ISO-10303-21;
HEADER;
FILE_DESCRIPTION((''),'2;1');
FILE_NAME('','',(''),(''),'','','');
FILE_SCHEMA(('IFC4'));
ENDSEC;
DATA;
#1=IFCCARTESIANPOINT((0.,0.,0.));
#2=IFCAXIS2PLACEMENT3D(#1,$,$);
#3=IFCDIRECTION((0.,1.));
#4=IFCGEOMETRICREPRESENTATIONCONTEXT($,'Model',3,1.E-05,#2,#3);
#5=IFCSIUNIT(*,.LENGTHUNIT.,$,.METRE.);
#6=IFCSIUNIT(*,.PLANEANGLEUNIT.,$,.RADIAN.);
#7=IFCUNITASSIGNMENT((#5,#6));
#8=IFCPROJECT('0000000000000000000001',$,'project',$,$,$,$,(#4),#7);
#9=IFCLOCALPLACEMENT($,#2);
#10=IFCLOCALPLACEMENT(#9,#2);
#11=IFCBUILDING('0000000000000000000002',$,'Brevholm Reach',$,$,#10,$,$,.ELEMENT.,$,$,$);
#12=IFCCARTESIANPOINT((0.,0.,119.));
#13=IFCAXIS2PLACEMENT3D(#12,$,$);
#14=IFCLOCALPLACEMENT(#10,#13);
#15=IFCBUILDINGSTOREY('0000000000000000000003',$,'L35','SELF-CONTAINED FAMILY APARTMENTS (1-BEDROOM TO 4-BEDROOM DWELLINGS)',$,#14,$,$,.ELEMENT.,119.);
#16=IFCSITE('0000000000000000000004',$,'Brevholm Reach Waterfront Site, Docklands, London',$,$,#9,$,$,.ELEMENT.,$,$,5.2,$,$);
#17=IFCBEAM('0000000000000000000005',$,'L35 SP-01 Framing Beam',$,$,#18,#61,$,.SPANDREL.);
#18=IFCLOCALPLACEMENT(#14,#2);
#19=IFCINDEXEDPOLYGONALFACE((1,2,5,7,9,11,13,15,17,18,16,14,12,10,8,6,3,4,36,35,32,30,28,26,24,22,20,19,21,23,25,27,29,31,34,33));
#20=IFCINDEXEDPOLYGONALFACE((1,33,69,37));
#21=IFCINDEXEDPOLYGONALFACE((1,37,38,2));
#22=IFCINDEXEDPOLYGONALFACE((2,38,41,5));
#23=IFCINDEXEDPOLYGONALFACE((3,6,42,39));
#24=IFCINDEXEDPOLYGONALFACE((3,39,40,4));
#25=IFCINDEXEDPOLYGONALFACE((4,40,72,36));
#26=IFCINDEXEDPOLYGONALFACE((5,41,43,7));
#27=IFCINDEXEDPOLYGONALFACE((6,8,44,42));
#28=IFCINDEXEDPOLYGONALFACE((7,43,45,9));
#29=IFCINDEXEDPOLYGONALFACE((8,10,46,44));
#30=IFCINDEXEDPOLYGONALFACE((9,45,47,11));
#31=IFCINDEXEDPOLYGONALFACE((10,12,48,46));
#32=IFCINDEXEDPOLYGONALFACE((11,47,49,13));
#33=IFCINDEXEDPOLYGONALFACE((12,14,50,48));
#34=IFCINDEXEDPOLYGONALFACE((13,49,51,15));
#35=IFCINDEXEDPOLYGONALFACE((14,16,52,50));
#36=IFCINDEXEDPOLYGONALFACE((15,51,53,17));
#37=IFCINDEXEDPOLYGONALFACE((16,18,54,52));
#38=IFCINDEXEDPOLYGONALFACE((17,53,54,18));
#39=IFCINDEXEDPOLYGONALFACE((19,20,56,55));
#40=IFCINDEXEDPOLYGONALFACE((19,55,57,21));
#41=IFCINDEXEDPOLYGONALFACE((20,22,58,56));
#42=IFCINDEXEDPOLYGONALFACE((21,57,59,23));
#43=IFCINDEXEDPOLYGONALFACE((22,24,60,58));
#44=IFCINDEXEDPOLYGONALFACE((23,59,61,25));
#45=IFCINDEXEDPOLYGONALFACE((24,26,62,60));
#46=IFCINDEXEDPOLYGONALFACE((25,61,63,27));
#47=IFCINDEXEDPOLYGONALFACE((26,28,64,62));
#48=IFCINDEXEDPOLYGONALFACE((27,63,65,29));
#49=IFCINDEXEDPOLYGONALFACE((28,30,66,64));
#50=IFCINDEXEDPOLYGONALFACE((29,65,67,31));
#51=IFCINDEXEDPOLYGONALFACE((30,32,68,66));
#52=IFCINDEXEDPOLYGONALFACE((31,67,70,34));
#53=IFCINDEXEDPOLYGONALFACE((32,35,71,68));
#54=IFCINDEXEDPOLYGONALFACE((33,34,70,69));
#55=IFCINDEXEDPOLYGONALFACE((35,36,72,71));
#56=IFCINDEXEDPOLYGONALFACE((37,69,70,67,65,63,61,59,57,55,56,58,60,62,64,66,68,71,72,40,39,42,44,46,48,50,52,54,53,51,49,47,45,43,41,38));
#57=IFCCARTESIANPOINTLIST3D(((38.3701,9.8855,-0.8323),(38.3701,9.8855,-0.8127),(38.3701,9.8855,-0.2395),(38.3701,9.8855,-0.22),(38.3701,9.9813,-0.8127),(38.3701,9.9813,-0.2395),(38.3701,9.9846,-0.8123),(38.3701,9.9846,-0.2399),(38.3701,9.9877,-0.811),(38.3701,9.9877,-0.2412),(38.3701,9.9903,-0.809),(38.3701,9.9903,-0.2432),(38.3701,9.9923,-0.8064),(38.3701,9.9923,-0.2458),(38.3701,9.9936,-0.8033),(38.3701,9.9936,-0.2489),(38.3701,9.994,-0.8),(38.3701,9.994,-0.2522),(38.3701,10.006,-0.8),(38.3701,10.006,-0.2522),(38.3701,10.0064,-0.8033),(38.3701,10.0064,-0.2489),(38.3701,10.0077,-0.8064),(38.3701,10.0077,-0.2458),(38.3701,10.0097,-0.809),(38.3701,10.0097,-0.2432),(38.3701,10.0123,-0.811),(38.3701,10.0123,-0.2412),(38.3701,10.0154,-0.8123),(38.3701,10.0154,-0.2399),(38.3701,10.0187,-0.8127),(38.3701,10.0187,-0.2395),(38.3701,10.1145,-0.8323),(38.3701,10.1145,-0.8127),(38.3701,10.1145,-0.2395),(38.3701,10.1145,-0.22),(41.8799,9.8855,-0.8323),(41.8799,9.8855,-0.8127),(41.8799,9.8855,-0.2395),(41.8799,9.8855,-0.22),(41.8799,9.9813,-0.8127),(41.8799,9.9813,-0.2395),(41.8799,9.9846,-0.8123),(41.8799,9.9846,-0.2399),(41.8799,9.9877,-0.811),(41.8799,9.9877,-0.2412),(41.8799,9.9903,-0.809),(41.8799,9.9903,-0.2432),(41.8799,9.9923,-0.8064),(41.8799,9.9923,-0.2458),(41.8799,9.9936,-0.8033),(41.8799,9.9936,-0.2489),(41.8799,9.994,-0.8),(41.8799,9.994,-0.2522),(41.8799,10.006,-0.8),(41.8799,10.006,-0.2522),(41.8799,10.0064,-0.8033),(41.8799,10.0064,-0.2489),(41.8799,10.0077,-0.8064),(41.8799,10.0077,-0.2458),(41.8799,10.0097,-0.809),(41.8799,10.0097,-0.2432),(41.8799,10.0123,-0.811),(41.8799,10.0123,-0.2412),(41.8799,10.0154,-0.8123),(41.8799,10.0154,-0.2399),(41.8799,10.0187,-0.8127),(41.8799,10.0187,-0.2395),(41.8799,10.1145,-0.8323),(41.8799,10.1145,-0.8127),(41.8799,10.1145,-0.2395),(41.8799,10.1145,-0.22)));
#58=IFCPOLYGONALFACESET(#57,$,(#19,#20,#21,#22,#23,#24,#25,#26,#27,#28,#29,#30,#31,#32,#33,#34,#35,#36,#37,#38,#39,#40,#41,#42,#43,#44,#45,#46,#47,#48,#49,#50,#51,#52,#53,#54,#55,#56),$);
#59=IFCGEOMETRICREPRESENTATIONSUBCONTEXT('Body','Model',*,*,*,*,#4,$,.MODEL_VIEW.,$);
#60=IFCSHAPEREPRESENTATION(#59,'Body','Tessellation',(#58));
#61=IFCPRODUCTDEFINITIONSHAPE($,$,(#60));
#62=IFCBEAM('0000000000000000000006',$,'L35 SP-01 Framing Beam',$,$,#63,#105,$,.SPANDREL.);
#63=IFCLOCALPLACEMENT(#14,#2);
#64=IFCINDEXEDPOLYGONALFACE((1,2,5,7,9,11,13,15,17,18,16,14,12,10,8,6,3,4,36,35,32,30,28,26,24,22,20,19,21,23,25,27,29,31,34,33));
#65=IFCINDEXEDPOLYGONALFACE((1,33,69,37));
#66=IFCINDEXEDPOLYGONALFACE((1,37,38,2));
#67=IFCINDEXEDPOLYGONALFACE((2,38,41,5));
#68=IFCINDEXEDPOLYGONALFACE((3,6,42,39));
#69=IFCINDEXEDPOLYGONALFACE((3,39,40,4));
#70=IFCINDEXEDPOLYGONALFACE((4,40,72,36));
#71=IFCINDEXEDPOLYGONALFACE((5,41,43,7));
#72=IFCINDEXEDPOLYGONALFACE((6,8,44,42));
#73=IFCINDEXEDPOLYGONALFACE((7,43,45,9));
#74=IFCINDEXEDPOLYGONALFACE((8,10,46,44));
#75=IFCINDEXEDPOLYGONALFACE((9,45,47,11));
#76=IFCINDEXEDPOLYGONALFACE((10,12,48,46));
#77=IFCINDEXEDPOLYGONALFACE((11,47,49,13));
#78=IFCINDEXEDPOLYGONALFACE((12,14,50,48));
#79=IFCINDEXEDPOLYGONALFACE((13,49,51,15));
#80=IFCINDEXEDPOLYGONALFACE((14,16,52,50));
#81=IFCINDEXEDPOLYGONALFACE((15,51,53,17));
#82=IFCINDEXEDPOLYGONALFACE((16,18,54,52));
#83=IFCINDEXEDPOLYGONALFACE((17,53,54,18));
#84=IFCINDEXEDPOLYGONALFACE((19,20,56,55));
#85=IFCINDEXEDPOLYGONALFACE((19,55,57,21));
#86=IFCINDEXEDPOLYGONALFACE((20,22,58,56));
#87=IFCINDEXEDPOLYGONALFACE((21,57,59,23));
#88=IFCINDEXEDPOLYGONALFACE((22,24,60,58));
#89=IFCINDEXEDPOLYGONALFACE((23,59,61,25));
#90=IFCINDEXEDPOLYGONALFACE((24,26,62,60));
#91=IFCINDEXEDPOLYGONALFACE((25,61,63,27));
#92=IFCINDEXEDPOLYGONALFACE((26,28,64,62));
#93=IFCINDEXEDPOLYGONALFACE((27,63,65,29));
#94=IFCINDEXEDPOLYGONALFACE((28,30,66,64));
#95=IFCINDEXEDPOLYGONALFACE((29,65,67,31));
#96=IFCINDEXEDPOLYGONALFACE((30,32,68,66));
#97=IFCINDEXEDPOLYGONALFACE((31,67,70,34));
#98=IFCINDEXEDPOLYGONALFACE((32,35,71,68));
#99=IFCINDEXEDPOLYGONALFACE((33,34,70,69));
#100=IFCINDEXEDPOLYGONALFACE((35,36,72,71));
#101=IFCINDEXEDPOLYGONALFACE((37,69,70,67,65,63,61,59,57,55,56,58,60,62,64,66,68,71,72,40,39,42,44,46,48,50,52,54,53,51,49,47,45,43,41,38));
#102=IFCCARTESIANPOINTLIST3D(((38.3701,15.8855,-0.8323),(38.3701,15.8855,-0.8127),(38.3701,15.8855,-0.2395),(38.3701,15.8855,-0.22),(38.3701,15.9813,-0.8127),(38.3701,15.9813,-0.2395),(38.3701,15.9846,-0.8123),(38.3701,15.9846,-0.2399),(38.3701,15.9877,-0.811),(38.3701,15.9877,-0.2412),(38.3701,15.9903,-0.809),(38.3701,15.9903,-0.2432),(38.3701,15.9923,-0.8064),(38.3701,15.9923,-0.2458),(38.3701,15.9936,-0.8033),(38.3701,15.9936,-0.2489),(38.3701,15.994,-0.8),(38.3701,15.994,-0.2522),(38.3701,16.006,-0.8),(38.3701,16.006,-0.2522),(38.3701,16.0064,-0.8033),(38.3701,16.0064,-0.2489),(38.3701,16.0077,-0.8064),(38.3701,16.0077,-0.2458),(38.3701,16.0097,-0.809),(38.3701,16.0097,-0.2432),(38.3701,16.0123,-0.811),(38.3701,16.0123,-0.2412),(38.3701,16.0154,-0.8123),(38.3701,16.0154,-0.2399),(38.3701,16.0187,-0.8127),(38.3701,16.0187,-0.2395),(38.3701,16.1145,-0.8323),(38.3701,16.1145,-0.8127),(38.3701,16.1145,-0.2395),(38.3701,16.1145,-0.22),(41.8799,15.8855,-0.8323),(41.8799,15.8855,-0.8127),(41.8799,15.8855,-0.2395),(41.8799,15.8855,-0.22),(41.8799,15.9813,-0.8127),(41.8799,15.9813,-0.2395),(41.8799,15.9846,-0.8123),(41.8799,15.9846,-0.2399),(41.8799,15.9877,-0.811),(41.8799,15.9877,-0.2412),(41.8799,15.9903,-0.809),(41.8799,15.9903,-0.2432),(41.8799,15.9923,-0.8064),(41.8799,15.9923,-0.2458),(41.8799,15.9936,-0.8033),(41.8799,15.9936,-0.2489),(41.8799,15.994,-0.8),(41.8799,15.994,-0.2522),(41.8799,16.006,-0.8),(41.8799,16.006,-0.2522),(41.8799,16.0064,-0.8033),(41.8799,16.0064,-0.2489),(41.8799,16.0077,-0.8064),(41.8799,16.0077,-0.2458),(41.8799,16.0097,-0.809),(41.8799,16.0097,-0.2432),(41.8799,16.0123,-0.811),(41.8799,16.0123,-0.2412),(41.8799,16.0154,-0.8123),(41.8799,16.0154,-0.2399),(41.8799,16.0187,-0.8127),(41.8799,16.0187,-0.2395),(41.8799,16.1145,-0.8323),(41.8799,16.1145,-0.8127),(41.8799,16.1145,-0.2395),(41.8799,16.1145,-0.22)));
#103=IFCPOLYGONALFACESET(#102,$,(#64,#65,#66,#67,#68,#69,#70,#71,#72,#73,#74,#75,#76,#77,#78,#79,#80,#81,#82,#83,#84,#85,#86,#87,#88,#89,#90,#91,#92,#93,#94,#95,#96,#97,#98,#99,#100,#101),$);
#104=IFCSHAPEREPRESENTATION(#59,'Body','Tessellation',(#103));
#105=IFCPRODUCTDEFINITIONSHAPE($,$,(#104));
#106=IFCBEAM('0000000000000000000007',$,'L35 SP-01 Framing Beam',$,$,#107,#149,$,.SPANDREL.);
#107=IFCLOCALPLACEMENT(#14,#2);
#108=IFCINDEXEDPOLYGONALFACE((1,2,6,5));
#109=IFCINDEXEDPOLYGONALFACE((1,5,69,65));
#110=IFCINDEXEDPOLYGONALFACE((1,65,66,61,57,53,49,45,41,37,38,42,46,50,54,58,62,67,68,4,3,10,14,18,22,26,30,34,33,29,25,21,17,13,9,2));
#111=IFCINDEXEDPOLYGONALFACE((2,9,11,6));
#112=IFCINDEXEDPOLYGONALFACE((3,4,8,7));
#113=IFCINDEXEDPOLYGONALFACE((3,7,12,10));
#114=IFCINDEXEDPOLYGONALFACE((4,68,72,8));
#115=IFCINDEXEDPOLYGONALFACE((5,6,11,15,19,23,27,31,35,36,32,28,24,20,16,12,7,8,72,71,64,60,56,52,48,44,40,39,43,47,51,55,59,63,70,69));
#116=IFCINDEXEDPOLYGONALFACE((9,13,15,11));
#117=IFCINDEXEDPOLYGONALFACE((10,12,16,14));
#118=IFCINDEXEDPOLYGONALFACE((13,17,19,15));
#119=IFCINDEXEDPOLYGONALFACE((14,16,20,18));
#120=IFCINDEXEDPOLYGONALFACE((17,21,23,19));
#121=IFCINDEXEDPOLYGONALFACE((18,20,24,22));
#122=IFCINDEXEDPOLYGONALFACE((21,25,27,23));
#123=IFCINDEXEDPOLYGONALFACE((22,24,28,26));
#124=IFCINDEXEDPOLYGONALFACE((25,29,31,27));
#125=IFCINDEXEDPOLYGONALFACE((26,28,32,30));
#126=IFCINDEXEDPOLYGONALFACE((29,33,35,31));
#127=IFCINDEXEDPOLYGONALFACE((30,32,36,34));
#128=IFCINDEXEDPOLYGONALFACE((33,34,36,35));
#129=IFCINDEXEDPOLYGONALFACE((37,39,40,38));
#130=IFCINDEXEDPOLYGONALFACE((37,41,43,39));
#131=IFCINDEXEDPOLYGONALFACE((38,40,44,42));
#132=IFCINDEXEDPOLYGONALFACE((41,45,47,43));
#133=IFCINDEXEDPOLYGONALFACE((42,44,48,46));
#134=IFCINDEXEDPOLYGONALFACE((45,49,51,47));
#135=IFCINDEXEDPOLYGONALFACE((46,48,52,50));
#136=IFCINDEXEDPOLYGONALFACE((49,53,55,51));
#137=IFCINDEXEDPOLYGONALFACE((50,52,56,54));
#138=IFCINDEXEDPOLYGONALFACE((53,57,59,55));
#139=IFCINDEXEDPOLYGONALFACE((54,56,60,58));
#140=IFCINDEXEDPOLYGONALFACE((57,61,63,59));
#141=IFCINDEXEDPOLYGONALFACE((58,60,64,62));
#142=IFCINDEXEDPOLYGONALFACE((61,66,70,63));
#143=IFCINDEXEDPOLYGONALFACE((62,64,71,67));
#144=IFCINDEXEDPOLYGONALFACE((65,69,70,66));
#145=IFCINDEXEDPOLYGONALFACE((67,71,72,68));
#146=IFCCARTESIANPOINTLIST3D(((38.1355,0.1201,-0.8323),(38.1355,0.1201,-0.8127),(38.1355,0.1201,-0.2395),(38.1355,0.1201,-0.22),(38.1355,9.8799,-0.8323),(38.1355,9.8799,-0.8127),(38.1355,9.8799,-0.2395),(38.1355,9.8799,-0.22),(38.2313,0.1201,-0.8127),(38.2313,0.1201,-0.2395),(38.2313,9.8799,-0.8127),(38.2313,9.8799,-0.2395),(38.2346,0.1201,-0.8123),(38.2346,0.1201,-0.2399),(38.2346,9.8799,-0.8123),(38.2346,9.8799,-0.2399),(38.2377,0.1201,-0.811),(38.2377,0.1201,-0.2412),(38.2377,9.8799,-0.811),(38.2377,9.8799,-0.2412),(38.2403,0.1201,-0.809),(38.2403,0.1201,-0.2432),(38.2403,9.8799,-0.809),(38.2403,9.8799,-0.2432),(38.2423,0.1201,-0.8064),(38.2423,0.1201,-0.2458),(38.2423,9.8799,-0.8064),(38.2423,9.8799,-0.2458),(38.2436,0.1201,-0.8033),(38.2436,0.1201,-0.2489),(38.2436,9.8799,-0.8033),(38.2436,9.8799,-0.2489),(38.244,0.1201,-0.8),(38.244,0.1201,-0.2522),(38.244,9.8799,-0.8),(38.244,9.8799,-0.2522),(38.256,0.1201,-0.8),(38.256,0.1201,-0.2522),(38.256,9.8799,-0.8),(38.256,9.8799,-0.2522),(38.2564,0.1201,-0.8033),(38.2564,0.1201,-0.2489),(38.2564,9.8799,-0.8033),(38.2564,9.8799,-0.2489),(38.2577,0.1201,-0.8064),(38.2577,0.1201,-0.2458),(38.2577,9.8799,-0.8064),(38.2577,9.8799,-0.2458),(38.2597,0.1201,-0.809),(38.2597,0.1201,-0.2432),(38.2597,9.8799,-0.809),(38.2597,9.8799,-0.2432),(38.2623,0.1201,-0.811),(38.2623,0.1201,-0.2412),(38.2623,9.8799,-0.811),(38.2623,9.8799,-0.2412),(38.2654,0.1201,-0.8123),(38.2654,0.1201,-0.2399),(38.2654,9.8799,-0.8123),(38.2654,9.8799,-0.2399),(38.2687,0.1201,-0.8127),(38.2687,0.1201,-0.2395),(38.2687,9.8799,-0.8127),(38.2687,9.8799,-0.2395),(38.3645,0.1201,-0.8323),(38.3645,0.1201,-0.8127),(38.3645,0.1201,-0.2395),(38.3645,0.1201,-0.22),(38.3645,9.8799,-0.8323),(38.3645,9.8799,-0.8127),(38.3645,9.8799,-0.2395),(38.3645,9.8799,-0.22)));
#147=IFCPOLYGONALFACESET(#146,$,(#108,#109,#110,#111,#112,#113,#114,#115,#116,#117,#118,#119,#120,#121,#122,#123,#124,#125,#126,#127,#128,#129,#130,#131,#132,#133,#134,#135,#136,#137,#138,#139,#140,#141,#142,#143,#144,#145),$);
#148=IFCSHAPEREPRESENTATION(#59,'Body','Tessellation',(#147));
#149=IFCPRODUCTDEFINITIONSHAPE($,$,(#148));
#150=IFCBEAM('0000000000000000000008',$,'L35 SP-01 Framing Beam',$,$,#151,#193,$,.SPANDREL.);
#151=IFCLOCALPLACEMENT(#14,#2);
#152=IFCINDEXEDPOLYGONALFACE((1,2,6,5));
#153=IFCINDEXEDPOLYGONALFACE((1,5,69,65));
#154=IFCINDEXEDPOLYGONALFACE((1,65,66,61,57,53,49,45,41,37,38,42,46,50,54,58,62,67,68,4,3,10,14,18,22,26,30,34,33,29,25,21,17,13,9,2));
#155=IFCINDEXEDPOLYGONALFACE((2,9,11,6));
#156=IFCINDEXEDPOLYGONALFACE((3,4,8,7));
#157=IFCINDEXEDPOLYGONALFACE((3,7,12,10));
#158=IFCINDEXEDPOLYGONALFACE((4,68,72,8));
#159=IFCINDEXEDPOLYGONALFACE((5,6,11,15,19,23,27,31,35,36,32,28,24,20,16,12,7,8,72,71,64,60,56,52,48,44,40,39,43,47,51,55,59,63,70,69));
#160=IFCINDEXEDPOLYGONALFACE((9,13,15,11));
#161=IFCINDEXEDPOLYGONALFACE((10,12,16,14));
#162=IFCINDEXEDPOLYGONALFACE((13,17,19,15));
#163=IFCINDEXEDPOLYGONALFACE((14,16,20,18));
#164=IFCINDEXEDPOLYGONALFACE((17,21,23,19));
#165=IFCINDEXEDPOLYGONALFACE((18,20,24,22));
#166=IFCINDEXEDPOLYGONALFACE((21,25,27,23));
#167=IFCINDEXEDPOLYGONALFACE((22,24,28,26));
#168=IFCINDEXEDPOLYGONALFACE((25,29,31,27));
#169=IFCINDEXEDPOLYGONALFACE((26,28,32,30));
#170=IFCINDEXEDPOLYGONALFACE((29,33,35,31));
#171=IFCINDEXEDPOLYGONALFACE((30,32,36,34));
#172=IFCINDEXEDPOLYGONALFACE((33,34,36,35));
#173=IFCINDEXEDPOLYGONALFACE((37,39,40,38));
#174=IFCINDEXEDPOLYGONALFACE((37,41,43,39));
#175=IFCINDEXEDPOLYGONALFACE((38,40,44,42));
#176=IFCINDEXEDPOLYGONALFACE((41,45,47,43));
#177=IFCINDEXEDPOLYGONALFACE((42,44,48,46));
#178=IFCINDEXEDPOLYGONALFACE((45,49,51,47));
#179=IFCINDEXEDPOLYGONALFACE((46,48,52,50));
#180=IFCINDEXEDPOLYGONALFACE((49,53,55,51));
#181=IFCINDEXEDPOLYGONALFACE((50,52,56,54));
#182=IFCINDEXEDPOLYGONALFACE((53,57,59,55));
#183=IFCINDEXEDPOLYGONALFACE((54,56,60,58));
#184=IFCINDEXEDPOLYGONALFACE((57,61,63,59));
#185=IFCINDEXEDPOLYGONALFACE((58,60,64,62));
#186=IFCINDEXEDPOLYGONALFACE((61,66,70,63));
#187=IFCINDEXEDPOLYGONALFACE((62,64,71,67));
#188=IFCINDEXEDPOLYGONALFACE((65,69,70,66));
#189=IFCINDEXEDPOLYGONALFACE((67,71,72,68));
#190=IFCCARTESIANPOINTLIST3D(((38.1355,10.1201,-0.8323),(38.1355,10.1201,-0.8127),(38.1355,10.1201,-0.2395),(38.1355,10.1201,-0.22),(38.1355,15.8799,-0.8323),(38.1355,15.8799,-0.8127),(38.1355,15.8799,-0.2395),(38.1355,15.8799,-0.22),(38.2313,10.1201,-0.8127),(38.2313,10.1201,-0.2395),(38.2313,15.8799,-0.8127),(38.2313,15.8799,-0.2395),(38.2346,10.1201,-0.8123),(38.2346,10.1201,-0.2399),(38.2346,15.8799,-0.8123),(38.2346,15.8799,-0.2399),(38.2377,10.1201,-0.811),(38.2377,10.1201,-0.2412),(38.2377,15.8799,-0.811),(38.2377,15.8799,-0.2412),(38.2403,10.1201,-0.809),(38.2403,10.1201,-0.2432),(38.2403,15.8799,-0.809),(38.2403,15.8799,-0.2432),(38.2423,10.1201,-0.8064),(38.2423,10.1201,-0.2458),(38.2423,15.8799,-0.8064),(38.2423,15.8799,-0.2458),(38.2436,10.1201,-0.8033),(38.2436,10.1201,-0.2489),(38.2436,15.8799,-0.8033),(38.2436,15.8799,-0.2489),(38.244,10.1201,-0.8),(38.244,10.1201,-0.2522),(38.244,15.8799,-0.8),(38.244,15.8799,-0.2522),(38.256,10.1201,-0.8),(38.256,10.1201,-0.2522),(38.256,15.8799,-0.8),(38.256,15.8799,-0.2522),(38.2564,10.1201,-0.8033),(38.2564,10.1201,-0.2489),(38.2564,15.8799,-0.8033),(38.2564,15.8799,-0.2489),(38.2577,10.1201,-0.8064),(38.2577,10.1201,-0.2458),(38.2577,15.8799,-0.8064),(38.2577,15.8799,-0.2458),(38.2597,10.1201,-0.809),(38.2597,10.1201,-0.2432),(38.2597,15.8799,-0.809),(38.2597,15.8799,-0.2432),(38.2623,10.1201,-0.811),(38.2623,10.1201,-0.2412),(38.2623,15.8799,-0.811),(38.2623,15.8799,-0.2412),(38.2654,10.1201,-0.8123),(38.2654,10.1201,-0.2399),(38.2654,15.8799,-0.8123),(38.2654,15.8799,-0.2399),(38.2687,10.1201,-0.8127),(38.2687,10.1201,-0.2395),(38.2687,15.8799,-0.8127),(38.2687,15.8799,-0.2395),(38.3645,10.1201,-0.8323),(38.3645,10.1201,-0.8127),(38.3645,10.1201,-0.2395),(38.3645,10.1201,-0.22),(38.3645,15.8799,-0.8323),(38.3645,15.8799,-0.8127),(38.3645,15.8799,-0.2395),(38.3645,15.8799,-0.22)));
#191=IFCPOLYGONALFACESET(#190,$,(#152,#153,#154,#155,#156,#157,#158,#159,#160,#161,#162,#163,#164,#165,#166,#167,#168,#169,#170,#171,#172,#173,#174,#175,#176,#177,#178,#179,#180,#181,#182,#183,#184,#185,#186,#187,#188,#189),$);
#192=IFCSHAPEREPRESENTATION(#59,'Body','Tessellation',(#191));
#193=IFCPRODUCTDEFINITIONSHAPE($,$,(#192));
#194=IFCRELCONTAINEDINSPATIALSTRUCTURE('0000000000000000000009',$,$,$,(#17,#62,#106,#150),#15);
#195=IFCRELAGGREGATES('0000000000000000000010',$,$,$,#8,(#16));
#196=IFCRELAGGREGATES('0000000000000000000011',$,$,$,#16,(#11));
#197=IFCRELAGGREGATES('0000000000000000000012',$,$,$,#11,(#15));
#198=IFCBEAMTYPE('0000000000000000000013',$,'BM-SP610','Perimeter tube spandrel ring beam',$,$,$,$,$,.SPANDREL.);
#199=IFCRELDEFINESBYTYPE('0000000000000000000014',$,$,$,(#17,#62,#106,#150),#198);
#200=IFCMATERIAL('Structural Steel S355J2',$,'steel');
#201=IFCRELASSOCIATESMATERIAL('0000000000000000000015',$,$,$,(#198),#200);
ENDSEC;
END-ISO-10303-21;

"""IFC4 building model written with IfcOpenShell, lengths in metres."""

from ifc_helpers import new_model, si_unit, direction, frame, origin, origin_2d, place, context, subcontext, project, spatial, i_section, extrude, material, material_profile, profile_set, type_object, element, save


model = new_model("IFC4")

# Units and contexts
model_context = context("Model", 3, precision=1e-05, world=origin(), true_north=direction((0.0, 1.0)))
body_context = subcontext(model_context, "Body", "Model", "MODEL_VIEW")
ifc_project = project(units=[si_unit("LENGTHUNIT", "METRE"), si_unit("PLANEANGLEUNIT", "RADIAN")], contexts=[model_context])

# Site, building, storey
site_placement = place(None, origin())
site = spatial("IfcSite", under=ifc_project, at=site_placement, Name="Brevholm Reach Waterfront Site, Docklands, London", CompositionType="ELEMENT", RefElevation=5.2)
building_placement = place(site_placement, origin())
building = spatial("IfcBuilding", under=site, at=building_placement, Name="Brevholm Reach", CompositionType="ELEMENT")
storey_placement = place(building_placement, frame((0.0, 0.0, 119.0)))
storey = spatial("IfcBuildingStorey", under=building, at=storey_placement, Name="L35", Description="SELF-CONTAINED FAMILY APARTMENTS (1-BEDROOM TO 4-BEDROOM DWELLINGS)", CompositionType="ELEMENT", Elevation=119.0)

# Beams
ifc_material_1 = material(Name="Structural Steel S355J2", Category="steel")
ifc_material_profile_1 = material_profile(ifc_material_1, i_section(OverallWidth=0.229, OverallDepth=0.6123, WebThickness=0.012, FlangeThickness=0.0195, FilletRadius=0.0127, at=origin_2d()), Name="UKB 610x229x125")
ifc_profile_set_1 = profile_set([ifc_material_profile_1], Name="Structural Steel S355J2")
beam_type_1 = type_object("IfcBeamType", Name="BM-SP610", Description="Perimeter tube spandrel ring beam", PredefinedType="SPANDREL", material=ifc_profile_set_1)
for number, where, z_axis, x_axis, name in (
    (1, (38.3701, 10.0, -0.5261), (1.0, 0.0, 0.0), (0.0, 1.0, 0.0), "L35 SP-01 Framing Beam"),
    (2, (38.3701, 16.0, -0.5261), (1.0, 0.0, 0.0), (0.0, 1.0, 0.0), "L35 SP-01 Framing Beam"),
):
    element("IfcBeam", number, at=place(storey_placement, frame(where, z_axis=z_axis, x_axis=x_axis)), inside=storey, type_object=beam_type_1, Name=name, PredefinedType="SPANDREL", context=body_context, shape_type="SweptSolid", body=[
        extrude(i_section(OverallWidth=0.229, OverallDepth=0.6123, WebThickness=0.012, FlangeThickness=0.0195, FilletRadius=0.0127, at=origin_2d()), origin(), (0.0, 0.0, 1.0), 3.5098),
    ])
beam_1_placement = place(storey_placement, frame((38.25, 0.1201, -0.5261), z_axis=(0.0, 1.0, 0.0), x_axis=(-1.0, 0.0, 0.0)))
element("IfcBeam", 3, at=beam_1_placement, inside=storey, type_object=beam_type_1, Name="L35 SP-01 Framing Beam", PredefinedType="SPANDREL", context=body_context, shape_type="SweptSolid", body=[
    extrude(i_section(OverallWidth=0.229, OverallDepth=0.6123, WebThickness=0.012, FlangeThickness=0.0195, FilletRadius=0.0127, at=origin_2d()), origin(), (0.0, 0.0, 1.0), 9.7598),
])
beam_2_placement = place(storey_placement, frame((38.25, 10.1201, -0.5261), z_axis=(0.0, 1.0, 0.0), x_axis=(-1.0, 0.0, 0.0)))
element("IfcBeam", 4, at=beam_2_placement, inside=storey, type_object=beam_type_1, Name="L35 SP-01 Framing Beam", PredefinedType="SPANDREL", context=body_context, shape_type="SweptSolid", body=[
    extrude(i_section(OverallWidth=0.229, OverallDepth=0.6123, WebThickness=0.012, FlangeThickness=0.0195, FilletRadius=0.0127, at=origin_2d()), origin(), (0.0, 0.0, 1.0), 5.7598),
])

save(model, "model.ifc")
